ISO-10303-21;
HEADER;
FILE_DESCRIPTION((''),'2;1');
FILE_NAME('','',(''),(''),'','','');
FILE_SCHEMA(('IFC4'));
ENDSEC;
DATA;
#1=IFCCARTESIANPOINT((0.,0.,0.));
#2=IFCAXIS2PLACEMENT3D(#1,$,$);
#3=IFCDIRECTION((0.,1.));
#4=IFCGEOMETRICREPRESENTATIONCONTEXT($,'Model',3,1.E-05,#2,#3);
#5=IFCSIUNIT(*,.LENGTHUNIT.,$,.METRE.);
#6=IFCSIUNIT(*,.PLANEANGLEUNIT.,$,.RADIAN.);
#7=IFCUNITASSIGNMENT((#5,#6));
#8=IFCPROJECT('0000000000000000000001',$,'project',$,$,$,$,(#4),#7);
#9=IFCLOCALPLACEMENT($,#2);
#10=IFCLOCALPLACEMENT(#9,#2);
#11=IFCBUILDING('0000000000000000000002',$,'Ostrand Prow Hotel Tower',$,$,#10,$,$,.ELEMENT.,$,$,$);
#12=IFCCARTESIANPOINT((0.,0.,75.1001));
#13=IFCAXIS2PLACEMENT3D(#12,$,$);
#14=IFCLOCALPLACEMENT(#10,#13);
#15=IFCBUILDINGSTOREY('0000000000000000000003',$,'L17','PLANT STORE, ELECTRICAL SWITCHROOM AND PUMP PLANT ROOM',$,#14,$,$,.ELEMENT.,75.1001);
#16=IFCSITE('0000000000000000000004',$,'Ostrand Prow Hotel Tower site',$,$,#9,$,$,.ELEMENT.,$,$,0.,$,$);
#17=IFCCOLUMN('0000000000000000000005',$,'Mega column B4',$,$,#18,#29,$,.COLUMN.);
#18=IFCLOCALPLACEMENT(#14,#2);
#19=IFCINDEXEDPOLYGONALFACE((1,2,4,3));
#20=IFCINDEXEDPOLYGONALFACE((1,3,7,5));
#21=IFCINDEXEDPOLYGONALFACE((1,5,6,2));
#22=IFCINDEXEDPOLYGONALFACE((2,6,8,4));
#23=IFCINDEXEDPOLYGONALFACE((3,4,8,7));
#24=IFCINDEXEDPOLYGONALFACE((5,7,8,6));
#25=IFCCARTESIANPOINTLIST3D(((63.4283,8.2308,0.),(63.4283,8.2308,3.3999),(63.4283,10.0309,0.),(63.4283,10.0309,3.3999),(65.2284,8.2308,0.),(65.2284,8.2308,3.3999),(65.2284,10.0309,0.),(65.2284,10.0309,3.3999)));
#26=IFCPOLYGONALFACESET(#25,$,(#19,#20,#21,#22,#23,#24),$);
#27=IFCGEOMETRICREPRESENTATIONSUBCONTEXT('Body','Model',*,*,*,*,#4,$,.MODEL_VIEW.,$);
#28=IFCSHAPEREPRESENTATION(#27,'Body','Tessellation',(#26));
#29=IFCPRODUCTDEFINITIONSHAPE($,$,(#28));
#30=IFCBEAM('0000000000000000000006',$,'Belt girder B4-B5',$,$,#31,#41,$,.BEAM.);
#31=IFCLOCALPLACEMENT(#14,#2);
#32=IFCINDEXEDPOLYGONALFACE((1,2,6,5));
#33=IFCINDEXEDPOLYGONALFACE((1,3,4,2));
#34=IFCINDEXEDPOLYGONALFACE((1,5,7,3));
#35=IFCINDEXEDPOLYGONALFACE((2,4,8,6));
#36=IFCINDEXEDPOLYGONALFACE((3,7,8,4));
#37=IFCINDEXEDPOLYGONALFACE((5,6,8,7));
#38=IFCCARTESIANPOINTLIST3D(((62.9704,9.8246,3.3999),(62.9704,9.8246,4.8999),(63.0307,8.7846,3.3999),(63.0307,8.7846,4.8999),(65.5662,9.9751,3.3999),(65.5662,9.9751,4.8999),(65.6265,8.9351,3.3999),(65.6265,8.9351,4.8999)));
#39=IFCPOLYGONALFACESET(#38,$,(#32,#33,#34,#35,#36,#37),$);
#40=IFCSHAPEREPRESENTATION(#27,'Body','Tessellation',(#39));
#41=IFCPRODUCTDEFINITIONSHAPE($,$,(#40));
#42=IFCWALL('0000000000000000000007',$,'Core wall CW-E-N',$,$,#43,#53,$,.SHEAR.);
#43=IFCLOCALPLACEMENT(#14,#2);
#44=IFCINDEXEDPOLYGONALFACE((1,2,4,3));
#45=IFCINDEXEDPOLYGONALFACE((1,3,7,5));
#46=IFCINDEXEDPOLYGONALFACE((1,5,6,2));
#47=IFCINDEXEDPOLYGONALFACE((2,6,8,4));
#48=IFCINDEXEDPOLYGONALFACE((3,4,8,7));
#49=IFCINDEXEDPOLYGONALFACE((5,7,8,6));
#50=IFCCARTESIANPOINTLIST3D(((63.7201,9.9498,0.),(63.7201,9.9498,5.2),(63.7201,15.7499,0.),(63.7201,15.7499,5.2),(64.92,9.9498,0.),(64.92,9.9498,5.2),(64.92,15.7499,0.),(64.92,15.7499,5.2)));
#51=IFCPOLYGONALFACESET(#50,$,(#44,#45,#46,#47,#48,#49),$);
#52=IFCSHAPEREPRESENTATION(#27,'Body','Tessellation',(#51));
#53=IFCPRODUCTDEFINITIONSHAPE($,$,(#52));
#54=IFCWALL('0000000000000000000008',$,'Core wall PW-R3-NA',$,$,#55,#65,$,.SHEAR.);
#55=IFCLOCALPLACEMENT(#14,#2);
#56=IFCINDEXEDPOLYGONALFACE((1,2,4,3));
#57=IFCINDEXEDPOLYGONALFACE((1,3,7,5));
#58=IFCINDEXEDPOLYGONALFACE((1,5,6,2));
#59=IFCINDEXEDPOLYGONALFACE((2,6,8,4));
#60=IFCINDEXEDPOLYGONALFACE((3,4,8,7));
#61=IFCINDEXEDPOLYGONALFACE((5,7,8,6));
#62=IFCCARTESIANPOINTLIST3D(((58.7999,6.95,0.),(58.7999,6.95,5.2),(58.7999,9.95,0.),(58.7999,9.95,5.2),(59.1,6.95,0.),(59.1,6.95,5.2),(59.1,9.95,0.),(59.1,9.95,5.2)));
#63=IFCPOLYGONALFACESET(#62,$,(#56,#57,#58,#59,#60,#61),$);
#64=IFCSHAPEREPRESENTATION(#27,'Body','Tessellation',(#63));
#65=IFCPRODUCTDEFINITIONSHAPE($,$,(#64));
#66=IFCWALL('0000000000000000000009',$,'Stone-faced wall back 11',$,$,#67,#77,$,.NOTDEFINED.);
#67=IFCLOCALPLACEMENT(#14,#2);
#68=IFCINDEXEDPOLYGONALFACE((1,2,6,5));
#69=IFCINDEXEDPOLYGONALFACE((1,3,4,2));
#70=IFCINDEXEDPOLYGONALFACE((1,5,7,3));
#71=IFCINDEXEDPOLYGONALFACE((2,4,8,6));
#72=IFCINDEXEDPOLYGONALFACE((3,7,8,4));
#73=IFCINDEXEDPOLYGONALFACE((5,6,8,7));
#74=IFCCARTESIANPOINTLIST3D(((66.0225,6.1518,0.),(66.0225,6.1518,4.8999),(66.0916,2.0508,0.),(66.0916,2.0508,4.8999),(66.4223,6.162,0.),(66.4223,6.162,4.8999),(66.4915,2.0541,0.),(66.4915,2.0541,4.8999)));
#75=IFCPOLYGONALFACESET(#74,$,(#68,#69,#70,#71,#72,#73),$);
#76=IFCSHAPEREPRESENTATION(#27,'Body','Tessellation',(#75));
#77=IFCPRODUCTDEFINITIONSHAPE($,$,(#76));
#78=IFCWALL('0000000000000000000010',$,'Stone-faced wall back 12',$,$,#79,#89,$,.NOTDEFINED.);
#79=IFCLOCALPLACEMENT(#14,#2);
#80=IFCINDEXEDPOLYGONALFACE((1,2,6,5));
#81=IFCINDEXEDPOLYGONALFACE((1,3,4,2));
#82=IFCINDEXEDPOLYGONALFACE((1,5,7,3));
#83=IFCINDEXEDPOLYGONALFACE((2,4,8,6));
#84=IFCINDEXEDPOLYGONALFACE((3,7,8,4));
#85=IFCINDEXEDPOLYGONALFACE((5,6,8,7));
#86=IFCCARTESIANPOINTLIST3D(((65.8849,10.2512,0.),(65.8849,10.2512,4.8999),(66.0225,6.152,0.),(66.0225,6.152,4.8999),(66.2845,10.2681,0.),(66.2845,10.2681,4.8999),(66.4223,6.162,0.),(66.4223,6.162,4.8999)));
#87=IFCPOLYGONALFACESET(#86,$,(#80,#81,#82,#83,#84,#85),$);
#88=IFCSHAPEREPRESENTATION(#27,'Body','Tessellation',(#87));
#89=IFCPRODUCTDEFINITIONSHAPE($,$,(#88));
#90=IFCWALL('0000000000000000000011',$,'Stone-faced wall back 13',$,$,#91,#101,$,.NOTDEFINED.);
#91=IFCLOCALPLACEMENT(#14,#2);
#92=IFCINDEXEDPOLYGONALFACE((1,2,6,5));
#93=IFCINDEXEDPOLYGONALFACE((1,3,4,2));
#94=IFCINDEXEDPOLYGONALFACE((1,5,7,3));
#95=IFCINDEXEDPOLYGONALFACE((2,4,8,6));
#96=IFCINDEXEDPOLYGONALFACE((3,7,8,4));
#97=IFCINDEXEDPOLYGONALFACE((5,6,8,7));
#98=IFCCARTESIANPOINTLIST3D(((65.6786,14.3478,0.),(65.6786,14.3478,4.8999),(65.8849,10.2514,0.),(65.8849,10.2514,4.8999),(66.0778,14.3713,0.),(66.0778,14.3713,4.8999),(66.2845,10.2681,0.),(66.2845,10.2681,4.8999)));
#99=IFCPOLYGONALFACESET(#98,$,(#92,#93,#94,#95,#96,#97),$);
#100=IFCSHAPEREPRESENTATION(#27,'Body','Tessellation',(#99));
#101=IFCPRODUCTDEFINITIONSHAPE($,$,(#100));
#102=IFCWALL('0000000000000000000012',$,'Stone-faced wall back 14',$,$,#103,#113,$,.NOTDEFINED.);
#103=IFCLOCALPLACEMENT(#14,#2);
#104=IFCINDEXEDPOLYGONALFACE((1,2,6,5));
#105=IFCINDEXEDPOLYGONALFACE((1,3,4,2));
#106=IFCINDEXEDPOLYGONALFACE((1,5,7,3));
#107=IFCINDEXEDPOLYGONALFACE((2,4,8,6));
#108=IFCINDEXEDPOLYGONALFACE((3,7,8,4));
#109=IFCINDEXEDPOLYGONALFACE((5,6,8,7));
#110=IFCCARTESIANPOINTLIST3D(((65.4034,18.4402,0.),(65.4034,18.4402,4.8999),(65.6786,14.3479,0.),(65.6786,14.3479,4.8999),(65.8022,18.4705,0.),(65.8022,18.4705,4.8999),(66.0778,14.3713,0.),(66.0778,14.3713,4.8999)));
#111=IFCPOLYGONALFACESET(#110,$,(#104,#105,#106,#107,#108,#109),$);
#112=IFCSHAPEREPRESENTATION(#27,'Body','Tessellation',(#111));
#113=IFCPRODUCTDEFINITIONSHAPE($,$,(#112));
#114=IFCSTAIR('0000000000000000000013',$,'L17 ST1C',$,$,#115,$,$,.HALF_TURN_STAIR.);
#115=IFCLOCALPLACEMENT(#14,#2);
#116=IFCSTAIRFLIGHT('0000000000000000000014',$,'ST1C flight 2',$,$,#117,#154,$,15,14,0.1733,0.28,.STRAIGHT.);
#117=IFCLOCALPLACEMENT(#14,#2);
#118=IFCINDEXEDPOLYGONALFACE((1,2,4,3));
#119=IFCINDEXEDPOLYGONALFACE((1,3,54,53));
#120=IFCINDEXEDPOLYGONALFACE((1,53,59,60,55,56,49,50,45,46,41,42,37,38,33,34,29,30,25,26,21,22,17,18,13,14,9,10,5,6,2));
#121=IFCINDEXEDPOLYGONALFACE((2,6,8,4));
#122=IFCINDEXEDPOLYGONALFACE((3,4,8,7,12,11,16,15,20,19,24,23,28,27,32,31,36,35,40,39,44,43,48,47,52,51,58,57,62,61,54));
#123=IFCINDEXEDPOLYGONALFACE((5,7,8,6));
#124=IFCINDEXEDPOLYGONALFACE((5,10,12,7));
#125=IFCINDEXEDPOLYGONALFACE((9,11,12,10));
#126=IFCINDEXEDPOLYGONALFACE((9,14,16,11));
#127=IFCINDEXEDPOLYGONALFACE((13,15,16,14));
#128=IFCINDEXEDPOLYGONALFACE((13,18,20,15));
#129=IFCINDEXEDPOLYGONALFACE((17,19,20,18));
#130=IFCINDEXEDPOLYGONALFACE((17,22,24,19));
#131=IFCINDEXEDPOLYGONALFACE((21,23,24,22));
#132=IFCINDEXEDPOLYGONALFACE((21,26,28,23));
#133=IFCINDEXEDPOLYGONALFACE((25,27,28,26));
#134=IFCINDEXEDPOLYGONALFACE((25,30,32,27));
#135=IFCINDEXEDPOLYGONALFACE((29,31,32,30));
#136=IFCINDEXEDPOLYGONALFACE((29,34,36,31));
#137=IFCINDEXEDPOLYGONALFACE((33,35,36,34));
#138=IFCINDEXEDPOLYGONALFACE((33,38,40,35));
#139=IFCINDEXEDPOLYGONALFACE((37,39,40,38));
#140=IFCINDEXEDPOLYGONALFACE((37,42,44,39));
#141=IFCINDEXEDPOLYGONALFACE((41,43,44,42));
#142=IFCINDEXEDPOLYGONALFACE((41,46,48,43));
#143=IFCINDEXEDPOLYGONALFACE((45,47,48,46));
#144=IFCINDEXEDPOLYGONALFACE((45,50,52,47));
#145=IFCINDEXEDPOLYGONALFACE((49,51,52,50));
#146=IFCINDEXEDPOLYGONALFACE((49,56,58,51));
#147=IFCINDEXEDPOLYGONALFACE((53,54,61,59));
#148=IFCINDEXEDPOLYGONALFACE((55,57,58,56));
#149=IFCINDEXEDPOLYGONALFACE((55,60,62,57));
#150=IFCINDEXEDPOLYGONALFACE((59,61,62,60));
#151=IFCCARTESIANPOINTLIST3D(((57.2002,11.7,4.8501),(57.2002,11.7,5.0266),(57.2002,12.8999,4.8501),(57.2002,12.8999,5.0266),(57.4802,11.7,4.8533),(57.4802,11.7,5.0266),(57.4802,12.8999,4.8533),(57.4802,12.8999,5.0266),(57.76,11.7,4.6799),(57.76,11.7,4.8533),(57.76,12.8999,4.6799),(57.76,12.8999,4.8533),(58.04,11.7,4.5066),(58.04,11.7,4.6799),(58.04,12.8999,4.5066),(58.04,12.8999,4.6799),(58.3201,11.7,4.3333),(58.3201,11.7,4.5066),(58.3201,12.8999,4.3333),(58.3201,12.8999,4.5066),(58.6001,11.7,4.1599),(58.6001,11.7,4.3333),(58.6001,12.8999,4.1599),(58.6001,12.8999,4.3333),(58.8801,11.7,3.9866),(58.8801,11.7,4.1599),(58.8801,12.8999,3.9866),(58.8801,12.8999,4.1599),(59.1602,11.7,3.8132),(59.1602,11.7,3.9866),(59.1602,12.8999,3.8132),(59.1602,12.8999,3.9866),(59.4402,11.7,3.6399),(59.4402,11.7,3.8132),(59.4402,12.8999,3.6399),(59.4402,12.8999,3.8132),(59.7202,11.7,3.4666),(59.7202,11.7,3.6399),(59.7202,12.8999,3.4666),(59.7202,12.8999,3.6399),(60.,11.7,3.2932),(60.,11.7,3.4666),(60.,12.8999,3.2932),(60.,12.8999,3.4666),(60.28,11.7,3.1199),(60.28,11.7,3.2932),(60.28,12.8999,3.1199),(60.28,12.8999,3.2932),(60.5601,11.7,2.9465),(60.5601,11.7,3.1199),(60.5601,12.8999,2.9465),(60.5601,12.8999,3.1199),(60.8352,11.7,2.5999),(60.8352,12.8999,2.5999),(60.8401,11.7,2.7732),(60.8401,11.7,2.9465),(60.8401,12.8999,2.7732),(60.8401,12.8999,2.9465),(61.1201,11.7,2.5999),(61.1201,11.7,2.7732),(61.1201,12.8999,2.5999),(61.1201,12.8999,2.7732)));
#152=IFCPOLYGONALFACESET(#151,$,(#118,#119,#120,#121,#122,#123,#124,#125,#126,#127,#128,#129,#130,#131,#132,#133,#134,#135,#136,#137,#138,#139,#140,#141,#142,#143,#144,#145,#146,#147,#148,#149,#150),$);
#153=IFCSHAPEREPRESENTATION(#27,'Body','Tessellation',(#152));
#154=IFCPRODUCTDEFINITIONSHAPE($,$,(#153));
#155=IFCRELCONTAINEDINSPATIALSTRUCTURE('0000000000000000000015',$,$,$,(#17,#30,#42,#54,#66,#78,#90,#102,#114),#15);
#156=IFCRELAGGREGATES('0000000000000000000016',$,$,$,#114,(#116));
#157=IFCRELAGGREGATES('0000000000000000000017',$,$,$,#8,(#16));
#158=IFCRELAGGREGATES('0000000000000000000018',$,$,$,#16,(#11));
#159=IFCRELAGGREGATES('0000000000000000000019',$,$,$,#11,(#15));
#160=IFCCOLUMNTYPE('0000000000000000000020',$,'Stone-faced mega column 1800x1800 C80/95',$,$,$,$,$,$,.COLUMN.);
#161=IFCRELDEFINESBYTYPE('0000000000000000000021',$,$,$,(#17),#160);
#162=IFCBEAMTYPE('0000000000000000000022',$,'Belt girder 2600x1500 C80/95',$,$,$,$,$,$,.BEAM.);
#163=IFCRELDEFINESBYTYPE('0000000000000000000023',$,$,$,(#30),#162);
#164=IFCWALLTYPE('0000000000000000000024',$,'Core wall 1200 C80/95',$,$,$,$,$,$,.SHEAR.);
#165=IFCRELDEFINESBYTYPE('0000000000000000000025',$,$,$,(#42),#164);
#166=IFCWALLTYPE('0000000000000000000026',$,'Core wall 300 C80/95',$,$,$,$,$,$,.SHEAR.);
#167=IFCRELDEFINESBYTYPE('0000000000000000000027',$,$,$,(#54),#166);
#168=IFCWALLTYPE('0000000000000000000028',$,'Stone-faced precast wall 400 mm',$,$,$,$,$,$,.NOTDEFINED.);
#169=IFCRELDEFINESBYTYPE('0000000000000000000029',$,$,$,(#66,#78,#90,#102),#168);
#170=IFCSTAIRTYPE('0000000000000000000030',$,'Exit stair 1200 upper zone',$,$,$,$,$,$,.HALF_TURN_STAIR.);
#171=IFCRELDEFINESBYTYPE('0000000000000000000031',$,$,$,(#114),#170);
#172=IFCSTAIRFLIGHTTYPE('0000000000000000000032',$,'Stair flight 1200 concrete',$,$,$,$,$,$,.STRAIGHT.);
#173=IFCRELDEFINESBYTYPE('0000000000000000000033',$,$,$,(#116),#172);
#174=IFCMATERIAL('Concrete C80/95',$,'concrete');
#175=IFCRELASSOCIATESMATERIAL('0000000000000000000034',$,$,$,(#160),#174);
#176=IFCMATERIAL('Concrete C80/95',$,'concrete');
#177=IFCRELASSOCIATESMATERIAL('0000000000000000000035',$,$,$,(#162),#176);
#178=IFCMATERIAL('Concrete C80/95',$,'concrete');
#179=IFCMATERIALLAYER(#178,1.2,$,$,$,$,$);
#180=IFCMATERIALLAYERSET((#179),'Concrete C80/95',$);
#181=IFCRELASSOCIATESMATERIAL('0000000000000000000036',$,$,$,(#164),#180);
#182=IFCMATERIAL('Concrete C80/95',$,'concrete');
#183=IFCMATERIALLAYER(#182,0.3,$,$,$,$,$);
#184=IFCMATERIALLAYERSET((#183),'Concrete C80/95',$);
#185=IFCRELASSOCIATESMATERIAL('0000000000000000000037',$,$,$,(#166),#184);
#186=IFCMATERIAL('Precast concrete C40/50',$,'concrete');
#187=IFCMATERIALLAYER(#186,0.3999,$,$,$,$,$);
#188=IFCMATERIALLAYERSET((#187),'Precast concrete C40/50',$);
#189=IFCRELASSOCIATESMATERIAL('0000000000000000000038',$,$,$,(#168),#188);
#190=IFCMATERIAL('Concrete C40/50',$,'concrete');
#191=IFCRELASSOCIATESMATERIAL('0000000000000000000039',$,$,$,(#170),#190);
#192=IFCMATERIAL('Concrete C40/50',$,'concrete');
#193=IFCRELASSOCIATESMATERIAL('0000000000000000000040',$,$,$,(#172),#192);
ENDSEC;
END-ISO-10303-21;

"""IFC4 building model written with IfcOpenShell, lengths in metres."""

from ifc_helpers import new_model, si_unit, direction, frame, frame_2d, origin, origin_2d, place, context, subcontext, project, spatial, polyline, rectangle, outline, extrude, material, layer, layer_set, material_profile, profile_set, type_object, element, aggregate, save


model = new_model("IFC4")

# Units and contexts
model_context = context("Model", 3, precision=1e-05, world=origin(), true_north=direction((0.0, 1.0)))
body_context = subcontext(model_context, "Body", "Model", "MODEL_VIEW")
ifc_project = project(units=[si_unit("LENGTHUNIT", "METRE"), si_unit("PLANEANGLEUNIT", "RADIAN")], contexts=[model_context])

# Site, building, storey
site_placement = place(None, origin())
site = spatial("IfcSite", under=ifc_project, at=site_placement, Name="Ostrand Prow Hotel Tower site", CompositionType="ELEMENT", RefElevation=0.0)
building_placement = place(site_placement, origin())
building = spatial("IfcBuilding", under=site, at=building_placement, Name="Ostrand Prow Hotel Tower", CompositionType="ELEMENT")
storey_placement = place(building_placement, frame((0.0, 0.0, 75.1001)))
storey = spatial("IfcBuildingStorey", under=building, at=storey_placement, Name="L17", Description="PLANT STORE, ELECTRICAL SWITCHROOM AND PUMP PLANT ROOM", CompositionType="ELEMENT", Elevation=75.1001)

# Column
ifc_material_1 = material(Name="Concrete C80/95", Category="concrete")
ifc_material_profile_1 = material_profile(ifc_material_1, rectangle(XDim=1.8, YDim=1.8, at=origin_2d()), Name="RC 1800x1800")
ifc_profile_set_1 = profile_set([ifc_material_profile_1], Name="Concrete C80/95")
column_type = type_object("IfcColumnType", Name="Stone-faced mega column 1800x1800 C80/95", PredefinedType="COLUMN", material=ifc_profile_set_1)
column_placement = place(storey_placement, frame((64.3284, 9.1309, 0.0), z_axis=(0.0, 0.0, 1.0), x_axis=(1.0, 0.0, 0.0)))
element("IfcColumn", 1, at=column_placement, inside=storey, type_object=column_type, Name="Mega column B4", PredefinedType="COLUMN", context=body_context, shape_type="SweptSolid", body=[
    extrude(rectangle(XDim=1.8, YDim=1.8, at=origin_2d()), origin(), (0.0, 0.0, 1.0), 3.3999),
])

# Beam
ifc_material_2 = material(Name="Concrete C80/95", Category="concrete")
ifc_material_profile_2 = material_profile(ifc_material_2, rectangle(XDim=2.6001, YDim=1.5, at=origin_2d()), Name="RC 2600x1500")
ifc_profile_set_2 = profile_set([ifc_material_profile_2], Name="Concrete C80/95")
beam_type = type_object("IfcBeamType", Name="Belt girder 2600x1500 C80/95", PredefinedType="BEAM", material=ifc_profile_set_2)
beam_placement = place(storey_placement, frame((64.3286, 8.8599, 4.1499), z_axis=(-0.057884, 0.998323, 0.0), x_axis=(-0.998323, -0.057884, 0.0)))
element("IfcBeam", 2, at=beam_placement, inside=storey, type_object=beam_type, Name="Belt girder B4-B5", PredefinedType="BEAM", context=body_context, shape_type="SweptSolid", body=[
    extrude(rectangle(XDim=2.6001, YDim=1.5, at=origin_2d()), origin(), (0.0, 0.0, 1.0), 1.0417),
])

# Walls
ifc_material_3 = material(Name="Concrete C80/95", Category="concrete")
ifc_layer_1 = layer(ifc_material_3, 1.2)
ifc_layer_set_1 = layer_set([ifc_layer_1], Name="Concrete C80/95")
wall_type_1 = type_object("IfcWallType", Name="Core wall 1200 C80/95", PredefinedType="SHEAR", material=ifc_layer_set_1)
wall_1_placement = place(storey_placement, frame((64.3201, 9.95, 0.0), z_axis=(0.0, 0.0, 1.0), x_axis=(0.0, 1.0, 0.0)))
element("IfcWall", 3, at=wall_1_placement, inside=storey, type_object=wall_type_1, Name="Core wall CW-E-N", PredefinedType="SHEAR", context=body_context, shape_type="SweptSolid", body=[
    extrude(rectangle(XDim=5.8, YDim=1.2, at=frame_2d((2.8999, 0.0))), origin(), (0.0, 0.0, 1.0), 5.2),
])
ifc_material_4 = material(Name="Concrete C80/95", Category="concrete")
ifc_layer_2 = layer(ifc_material_4, 0.3)
ifc_layer_set_2 = layer_set([ifc_layer_2], Name="Concrete C80/95")
wall_type_2 = type_object("IfcWallType", Name="Core wall 300 C80/95", PredefinedType="SHEAR", material=ifc_layer_set_2)
wall_2_placement = place(storey_placement, frame((58.95, 6.95, 0.0), z_axis=(0.0, 0.0, 1.0), x_axis=(0.0, 1.0, 0.0)))
element("IfcWall", 4, at=wall_2_placement, inside=storey, type_object=wall_type_2, Name="Core wall PW-R3-NA", PredefinedType="SHEAR", context=body_context, shape_type="SweptSolid", body=[
    extrude(rectangle(XDim=3.0, YDim=0.3, at=frame_2d((1.5, 0.0))), origin(), (0.0, 0.0, 1.0), 5.2),
])
ifc_material_5 = material(Name="Precast concrete C40/50", Category="concrete")
ifc_layer_3 = layer(ifc_material_5, 0.3999)
ifc_layer_set_3 = layer_set([ifc_layer_3], Name="Precast concrete C40/50")
wall_type_3 = type_object("IfcWallType", Name="Stone-faced precast wall 400 mm", PredefinedType="NOTDEFINED", material=ifc_layer_set_3)
for number, where, z_axis, x_axis, name in (
    (5, (66.2915, 2.0525, 0.0), (0.0, 0.0, 1.0), (-0.016831, 0.999858, 0.0), "Stone-faced wall back 11"),
    (6, (66.2224, 6.157, 0.0), (0.0, 0.0, 1.0), (-0.033543, 0.999437, 0.0), "Stone-faced wall back 12"),
    (7, (66.0847, 10.2598, 0.0), (0.0, 0.0, 1.0), (-0.050314, 0.998733, 0.0), "Stone-faced wall back 13"),
    (8, (65.8782, 14.3596, 0.0), (0.0, 0.0, 1.0), (-0.067087, 0.997747, 0.0), "Stone-faced wall back 14"),
):
    element("IfcWall", number, at=place(storey_placement, frame(where, z_axis=z_axis, x_axis=x_axis)), inside=storey, type_object=wall_type_3, Name=name, PredefinedType="NOTDEFINED", context=body_context, shape_type="SweptSolid", body=[
        extrude(outline(polyline([(-0.0017, -0.2), (4.1067, -0.2), (4.1033, 0.2), (0.0017, 0.2), (-0.0017, -0.2)])), origin(), (0.0, 0.0, 1.0), 4.8999),
    ])

# Stair, stair flight
ifc_material_6 = material(Name="Concrete C40/50", Category="concrete")
stair_type = type_object("IfcStairType", Name="Exit stair 1200 upper zone", PredefinedType="HALF_TURN_STAIR", material=ifc_material_6)
stair_1_placement = place(storey_placement, origin())
stair_1 = element("IfcStair", 9, at=stair_1_placement, inside=storey, type_object=stair_type, Name="L17 ST1C", PredefinedType="HALF_TURN_STAIR")
ifc_material_7 = material(Name="Concrete C40/50", Category="concrete")
stair_flight_type = type_object("IfcStairFlightType", Name="Stair flight 1200 concrete", PredefinedType="STRAIGHT", material=ifc_material_7)
stair_flight_1_placement = place(storey_placement, frame((61.1201, 12.3, 2.5999), z_axis=(0.0, 0.0, 1.0), x_axis=(-1.0, 0.0, 0.0)))
stair_flight_1 = element("IfcStairFlight", 10, at=stair_flight_1_placement, type_object=stair_flight_type, Name="ST1C flight 2", NumberOfRisers=15, NumberOfTreads=14, PredefinedType="STRAIGHT", RiserHeight=0.1733, TreadLength=0.28, context=body_context, shape_type="SweptSolid", body=[
    extrude(outline(polyline([(0.0, 0.0), (0.0, 0.1733), (0.28, 0.1733), (0.28, 0.3467), (0.5601, 0.3467), (0.5601, 0.52), (0.8401, 0.52), (0.8401, 0.6934), (1.1201, 0.6934), (1.1201, 0.8667), (1.3999, 0.8667), (1.3999, 1.04), (1.6799, 1.04), (1.6799, 1.2134), (1.96, 1.2134), (1.96, 1.3867), (2.24, 1.3867), (2.24, 1.5601), (2.52, 1.5601), (2.52, 1.7334), (2.8, 1.7334), (2.8, 1.9067), (3.0801, 1.9067), (3.0801, 2.0801), (3.3601, 2.0801), (3.3601, 2.2534), (3.6399, 2.2534), (3.6399, 2.4268), (3.9199, 2.4268), (3.9199, 2.6001), (3.9199, 2.2502), (0.2849, 0.0), (0.0, 0.0)])), frame((0.0, 0.6001, 0.0), z_axis=(0.0, -1.0, 0.0), x_axis=(1.0, 0.0, 0.0)), (0.0, 0.0, 1.0), 1.2),
])
aggregate(stair_1, [stair_flight_1])

save(model, "model.ifc")
